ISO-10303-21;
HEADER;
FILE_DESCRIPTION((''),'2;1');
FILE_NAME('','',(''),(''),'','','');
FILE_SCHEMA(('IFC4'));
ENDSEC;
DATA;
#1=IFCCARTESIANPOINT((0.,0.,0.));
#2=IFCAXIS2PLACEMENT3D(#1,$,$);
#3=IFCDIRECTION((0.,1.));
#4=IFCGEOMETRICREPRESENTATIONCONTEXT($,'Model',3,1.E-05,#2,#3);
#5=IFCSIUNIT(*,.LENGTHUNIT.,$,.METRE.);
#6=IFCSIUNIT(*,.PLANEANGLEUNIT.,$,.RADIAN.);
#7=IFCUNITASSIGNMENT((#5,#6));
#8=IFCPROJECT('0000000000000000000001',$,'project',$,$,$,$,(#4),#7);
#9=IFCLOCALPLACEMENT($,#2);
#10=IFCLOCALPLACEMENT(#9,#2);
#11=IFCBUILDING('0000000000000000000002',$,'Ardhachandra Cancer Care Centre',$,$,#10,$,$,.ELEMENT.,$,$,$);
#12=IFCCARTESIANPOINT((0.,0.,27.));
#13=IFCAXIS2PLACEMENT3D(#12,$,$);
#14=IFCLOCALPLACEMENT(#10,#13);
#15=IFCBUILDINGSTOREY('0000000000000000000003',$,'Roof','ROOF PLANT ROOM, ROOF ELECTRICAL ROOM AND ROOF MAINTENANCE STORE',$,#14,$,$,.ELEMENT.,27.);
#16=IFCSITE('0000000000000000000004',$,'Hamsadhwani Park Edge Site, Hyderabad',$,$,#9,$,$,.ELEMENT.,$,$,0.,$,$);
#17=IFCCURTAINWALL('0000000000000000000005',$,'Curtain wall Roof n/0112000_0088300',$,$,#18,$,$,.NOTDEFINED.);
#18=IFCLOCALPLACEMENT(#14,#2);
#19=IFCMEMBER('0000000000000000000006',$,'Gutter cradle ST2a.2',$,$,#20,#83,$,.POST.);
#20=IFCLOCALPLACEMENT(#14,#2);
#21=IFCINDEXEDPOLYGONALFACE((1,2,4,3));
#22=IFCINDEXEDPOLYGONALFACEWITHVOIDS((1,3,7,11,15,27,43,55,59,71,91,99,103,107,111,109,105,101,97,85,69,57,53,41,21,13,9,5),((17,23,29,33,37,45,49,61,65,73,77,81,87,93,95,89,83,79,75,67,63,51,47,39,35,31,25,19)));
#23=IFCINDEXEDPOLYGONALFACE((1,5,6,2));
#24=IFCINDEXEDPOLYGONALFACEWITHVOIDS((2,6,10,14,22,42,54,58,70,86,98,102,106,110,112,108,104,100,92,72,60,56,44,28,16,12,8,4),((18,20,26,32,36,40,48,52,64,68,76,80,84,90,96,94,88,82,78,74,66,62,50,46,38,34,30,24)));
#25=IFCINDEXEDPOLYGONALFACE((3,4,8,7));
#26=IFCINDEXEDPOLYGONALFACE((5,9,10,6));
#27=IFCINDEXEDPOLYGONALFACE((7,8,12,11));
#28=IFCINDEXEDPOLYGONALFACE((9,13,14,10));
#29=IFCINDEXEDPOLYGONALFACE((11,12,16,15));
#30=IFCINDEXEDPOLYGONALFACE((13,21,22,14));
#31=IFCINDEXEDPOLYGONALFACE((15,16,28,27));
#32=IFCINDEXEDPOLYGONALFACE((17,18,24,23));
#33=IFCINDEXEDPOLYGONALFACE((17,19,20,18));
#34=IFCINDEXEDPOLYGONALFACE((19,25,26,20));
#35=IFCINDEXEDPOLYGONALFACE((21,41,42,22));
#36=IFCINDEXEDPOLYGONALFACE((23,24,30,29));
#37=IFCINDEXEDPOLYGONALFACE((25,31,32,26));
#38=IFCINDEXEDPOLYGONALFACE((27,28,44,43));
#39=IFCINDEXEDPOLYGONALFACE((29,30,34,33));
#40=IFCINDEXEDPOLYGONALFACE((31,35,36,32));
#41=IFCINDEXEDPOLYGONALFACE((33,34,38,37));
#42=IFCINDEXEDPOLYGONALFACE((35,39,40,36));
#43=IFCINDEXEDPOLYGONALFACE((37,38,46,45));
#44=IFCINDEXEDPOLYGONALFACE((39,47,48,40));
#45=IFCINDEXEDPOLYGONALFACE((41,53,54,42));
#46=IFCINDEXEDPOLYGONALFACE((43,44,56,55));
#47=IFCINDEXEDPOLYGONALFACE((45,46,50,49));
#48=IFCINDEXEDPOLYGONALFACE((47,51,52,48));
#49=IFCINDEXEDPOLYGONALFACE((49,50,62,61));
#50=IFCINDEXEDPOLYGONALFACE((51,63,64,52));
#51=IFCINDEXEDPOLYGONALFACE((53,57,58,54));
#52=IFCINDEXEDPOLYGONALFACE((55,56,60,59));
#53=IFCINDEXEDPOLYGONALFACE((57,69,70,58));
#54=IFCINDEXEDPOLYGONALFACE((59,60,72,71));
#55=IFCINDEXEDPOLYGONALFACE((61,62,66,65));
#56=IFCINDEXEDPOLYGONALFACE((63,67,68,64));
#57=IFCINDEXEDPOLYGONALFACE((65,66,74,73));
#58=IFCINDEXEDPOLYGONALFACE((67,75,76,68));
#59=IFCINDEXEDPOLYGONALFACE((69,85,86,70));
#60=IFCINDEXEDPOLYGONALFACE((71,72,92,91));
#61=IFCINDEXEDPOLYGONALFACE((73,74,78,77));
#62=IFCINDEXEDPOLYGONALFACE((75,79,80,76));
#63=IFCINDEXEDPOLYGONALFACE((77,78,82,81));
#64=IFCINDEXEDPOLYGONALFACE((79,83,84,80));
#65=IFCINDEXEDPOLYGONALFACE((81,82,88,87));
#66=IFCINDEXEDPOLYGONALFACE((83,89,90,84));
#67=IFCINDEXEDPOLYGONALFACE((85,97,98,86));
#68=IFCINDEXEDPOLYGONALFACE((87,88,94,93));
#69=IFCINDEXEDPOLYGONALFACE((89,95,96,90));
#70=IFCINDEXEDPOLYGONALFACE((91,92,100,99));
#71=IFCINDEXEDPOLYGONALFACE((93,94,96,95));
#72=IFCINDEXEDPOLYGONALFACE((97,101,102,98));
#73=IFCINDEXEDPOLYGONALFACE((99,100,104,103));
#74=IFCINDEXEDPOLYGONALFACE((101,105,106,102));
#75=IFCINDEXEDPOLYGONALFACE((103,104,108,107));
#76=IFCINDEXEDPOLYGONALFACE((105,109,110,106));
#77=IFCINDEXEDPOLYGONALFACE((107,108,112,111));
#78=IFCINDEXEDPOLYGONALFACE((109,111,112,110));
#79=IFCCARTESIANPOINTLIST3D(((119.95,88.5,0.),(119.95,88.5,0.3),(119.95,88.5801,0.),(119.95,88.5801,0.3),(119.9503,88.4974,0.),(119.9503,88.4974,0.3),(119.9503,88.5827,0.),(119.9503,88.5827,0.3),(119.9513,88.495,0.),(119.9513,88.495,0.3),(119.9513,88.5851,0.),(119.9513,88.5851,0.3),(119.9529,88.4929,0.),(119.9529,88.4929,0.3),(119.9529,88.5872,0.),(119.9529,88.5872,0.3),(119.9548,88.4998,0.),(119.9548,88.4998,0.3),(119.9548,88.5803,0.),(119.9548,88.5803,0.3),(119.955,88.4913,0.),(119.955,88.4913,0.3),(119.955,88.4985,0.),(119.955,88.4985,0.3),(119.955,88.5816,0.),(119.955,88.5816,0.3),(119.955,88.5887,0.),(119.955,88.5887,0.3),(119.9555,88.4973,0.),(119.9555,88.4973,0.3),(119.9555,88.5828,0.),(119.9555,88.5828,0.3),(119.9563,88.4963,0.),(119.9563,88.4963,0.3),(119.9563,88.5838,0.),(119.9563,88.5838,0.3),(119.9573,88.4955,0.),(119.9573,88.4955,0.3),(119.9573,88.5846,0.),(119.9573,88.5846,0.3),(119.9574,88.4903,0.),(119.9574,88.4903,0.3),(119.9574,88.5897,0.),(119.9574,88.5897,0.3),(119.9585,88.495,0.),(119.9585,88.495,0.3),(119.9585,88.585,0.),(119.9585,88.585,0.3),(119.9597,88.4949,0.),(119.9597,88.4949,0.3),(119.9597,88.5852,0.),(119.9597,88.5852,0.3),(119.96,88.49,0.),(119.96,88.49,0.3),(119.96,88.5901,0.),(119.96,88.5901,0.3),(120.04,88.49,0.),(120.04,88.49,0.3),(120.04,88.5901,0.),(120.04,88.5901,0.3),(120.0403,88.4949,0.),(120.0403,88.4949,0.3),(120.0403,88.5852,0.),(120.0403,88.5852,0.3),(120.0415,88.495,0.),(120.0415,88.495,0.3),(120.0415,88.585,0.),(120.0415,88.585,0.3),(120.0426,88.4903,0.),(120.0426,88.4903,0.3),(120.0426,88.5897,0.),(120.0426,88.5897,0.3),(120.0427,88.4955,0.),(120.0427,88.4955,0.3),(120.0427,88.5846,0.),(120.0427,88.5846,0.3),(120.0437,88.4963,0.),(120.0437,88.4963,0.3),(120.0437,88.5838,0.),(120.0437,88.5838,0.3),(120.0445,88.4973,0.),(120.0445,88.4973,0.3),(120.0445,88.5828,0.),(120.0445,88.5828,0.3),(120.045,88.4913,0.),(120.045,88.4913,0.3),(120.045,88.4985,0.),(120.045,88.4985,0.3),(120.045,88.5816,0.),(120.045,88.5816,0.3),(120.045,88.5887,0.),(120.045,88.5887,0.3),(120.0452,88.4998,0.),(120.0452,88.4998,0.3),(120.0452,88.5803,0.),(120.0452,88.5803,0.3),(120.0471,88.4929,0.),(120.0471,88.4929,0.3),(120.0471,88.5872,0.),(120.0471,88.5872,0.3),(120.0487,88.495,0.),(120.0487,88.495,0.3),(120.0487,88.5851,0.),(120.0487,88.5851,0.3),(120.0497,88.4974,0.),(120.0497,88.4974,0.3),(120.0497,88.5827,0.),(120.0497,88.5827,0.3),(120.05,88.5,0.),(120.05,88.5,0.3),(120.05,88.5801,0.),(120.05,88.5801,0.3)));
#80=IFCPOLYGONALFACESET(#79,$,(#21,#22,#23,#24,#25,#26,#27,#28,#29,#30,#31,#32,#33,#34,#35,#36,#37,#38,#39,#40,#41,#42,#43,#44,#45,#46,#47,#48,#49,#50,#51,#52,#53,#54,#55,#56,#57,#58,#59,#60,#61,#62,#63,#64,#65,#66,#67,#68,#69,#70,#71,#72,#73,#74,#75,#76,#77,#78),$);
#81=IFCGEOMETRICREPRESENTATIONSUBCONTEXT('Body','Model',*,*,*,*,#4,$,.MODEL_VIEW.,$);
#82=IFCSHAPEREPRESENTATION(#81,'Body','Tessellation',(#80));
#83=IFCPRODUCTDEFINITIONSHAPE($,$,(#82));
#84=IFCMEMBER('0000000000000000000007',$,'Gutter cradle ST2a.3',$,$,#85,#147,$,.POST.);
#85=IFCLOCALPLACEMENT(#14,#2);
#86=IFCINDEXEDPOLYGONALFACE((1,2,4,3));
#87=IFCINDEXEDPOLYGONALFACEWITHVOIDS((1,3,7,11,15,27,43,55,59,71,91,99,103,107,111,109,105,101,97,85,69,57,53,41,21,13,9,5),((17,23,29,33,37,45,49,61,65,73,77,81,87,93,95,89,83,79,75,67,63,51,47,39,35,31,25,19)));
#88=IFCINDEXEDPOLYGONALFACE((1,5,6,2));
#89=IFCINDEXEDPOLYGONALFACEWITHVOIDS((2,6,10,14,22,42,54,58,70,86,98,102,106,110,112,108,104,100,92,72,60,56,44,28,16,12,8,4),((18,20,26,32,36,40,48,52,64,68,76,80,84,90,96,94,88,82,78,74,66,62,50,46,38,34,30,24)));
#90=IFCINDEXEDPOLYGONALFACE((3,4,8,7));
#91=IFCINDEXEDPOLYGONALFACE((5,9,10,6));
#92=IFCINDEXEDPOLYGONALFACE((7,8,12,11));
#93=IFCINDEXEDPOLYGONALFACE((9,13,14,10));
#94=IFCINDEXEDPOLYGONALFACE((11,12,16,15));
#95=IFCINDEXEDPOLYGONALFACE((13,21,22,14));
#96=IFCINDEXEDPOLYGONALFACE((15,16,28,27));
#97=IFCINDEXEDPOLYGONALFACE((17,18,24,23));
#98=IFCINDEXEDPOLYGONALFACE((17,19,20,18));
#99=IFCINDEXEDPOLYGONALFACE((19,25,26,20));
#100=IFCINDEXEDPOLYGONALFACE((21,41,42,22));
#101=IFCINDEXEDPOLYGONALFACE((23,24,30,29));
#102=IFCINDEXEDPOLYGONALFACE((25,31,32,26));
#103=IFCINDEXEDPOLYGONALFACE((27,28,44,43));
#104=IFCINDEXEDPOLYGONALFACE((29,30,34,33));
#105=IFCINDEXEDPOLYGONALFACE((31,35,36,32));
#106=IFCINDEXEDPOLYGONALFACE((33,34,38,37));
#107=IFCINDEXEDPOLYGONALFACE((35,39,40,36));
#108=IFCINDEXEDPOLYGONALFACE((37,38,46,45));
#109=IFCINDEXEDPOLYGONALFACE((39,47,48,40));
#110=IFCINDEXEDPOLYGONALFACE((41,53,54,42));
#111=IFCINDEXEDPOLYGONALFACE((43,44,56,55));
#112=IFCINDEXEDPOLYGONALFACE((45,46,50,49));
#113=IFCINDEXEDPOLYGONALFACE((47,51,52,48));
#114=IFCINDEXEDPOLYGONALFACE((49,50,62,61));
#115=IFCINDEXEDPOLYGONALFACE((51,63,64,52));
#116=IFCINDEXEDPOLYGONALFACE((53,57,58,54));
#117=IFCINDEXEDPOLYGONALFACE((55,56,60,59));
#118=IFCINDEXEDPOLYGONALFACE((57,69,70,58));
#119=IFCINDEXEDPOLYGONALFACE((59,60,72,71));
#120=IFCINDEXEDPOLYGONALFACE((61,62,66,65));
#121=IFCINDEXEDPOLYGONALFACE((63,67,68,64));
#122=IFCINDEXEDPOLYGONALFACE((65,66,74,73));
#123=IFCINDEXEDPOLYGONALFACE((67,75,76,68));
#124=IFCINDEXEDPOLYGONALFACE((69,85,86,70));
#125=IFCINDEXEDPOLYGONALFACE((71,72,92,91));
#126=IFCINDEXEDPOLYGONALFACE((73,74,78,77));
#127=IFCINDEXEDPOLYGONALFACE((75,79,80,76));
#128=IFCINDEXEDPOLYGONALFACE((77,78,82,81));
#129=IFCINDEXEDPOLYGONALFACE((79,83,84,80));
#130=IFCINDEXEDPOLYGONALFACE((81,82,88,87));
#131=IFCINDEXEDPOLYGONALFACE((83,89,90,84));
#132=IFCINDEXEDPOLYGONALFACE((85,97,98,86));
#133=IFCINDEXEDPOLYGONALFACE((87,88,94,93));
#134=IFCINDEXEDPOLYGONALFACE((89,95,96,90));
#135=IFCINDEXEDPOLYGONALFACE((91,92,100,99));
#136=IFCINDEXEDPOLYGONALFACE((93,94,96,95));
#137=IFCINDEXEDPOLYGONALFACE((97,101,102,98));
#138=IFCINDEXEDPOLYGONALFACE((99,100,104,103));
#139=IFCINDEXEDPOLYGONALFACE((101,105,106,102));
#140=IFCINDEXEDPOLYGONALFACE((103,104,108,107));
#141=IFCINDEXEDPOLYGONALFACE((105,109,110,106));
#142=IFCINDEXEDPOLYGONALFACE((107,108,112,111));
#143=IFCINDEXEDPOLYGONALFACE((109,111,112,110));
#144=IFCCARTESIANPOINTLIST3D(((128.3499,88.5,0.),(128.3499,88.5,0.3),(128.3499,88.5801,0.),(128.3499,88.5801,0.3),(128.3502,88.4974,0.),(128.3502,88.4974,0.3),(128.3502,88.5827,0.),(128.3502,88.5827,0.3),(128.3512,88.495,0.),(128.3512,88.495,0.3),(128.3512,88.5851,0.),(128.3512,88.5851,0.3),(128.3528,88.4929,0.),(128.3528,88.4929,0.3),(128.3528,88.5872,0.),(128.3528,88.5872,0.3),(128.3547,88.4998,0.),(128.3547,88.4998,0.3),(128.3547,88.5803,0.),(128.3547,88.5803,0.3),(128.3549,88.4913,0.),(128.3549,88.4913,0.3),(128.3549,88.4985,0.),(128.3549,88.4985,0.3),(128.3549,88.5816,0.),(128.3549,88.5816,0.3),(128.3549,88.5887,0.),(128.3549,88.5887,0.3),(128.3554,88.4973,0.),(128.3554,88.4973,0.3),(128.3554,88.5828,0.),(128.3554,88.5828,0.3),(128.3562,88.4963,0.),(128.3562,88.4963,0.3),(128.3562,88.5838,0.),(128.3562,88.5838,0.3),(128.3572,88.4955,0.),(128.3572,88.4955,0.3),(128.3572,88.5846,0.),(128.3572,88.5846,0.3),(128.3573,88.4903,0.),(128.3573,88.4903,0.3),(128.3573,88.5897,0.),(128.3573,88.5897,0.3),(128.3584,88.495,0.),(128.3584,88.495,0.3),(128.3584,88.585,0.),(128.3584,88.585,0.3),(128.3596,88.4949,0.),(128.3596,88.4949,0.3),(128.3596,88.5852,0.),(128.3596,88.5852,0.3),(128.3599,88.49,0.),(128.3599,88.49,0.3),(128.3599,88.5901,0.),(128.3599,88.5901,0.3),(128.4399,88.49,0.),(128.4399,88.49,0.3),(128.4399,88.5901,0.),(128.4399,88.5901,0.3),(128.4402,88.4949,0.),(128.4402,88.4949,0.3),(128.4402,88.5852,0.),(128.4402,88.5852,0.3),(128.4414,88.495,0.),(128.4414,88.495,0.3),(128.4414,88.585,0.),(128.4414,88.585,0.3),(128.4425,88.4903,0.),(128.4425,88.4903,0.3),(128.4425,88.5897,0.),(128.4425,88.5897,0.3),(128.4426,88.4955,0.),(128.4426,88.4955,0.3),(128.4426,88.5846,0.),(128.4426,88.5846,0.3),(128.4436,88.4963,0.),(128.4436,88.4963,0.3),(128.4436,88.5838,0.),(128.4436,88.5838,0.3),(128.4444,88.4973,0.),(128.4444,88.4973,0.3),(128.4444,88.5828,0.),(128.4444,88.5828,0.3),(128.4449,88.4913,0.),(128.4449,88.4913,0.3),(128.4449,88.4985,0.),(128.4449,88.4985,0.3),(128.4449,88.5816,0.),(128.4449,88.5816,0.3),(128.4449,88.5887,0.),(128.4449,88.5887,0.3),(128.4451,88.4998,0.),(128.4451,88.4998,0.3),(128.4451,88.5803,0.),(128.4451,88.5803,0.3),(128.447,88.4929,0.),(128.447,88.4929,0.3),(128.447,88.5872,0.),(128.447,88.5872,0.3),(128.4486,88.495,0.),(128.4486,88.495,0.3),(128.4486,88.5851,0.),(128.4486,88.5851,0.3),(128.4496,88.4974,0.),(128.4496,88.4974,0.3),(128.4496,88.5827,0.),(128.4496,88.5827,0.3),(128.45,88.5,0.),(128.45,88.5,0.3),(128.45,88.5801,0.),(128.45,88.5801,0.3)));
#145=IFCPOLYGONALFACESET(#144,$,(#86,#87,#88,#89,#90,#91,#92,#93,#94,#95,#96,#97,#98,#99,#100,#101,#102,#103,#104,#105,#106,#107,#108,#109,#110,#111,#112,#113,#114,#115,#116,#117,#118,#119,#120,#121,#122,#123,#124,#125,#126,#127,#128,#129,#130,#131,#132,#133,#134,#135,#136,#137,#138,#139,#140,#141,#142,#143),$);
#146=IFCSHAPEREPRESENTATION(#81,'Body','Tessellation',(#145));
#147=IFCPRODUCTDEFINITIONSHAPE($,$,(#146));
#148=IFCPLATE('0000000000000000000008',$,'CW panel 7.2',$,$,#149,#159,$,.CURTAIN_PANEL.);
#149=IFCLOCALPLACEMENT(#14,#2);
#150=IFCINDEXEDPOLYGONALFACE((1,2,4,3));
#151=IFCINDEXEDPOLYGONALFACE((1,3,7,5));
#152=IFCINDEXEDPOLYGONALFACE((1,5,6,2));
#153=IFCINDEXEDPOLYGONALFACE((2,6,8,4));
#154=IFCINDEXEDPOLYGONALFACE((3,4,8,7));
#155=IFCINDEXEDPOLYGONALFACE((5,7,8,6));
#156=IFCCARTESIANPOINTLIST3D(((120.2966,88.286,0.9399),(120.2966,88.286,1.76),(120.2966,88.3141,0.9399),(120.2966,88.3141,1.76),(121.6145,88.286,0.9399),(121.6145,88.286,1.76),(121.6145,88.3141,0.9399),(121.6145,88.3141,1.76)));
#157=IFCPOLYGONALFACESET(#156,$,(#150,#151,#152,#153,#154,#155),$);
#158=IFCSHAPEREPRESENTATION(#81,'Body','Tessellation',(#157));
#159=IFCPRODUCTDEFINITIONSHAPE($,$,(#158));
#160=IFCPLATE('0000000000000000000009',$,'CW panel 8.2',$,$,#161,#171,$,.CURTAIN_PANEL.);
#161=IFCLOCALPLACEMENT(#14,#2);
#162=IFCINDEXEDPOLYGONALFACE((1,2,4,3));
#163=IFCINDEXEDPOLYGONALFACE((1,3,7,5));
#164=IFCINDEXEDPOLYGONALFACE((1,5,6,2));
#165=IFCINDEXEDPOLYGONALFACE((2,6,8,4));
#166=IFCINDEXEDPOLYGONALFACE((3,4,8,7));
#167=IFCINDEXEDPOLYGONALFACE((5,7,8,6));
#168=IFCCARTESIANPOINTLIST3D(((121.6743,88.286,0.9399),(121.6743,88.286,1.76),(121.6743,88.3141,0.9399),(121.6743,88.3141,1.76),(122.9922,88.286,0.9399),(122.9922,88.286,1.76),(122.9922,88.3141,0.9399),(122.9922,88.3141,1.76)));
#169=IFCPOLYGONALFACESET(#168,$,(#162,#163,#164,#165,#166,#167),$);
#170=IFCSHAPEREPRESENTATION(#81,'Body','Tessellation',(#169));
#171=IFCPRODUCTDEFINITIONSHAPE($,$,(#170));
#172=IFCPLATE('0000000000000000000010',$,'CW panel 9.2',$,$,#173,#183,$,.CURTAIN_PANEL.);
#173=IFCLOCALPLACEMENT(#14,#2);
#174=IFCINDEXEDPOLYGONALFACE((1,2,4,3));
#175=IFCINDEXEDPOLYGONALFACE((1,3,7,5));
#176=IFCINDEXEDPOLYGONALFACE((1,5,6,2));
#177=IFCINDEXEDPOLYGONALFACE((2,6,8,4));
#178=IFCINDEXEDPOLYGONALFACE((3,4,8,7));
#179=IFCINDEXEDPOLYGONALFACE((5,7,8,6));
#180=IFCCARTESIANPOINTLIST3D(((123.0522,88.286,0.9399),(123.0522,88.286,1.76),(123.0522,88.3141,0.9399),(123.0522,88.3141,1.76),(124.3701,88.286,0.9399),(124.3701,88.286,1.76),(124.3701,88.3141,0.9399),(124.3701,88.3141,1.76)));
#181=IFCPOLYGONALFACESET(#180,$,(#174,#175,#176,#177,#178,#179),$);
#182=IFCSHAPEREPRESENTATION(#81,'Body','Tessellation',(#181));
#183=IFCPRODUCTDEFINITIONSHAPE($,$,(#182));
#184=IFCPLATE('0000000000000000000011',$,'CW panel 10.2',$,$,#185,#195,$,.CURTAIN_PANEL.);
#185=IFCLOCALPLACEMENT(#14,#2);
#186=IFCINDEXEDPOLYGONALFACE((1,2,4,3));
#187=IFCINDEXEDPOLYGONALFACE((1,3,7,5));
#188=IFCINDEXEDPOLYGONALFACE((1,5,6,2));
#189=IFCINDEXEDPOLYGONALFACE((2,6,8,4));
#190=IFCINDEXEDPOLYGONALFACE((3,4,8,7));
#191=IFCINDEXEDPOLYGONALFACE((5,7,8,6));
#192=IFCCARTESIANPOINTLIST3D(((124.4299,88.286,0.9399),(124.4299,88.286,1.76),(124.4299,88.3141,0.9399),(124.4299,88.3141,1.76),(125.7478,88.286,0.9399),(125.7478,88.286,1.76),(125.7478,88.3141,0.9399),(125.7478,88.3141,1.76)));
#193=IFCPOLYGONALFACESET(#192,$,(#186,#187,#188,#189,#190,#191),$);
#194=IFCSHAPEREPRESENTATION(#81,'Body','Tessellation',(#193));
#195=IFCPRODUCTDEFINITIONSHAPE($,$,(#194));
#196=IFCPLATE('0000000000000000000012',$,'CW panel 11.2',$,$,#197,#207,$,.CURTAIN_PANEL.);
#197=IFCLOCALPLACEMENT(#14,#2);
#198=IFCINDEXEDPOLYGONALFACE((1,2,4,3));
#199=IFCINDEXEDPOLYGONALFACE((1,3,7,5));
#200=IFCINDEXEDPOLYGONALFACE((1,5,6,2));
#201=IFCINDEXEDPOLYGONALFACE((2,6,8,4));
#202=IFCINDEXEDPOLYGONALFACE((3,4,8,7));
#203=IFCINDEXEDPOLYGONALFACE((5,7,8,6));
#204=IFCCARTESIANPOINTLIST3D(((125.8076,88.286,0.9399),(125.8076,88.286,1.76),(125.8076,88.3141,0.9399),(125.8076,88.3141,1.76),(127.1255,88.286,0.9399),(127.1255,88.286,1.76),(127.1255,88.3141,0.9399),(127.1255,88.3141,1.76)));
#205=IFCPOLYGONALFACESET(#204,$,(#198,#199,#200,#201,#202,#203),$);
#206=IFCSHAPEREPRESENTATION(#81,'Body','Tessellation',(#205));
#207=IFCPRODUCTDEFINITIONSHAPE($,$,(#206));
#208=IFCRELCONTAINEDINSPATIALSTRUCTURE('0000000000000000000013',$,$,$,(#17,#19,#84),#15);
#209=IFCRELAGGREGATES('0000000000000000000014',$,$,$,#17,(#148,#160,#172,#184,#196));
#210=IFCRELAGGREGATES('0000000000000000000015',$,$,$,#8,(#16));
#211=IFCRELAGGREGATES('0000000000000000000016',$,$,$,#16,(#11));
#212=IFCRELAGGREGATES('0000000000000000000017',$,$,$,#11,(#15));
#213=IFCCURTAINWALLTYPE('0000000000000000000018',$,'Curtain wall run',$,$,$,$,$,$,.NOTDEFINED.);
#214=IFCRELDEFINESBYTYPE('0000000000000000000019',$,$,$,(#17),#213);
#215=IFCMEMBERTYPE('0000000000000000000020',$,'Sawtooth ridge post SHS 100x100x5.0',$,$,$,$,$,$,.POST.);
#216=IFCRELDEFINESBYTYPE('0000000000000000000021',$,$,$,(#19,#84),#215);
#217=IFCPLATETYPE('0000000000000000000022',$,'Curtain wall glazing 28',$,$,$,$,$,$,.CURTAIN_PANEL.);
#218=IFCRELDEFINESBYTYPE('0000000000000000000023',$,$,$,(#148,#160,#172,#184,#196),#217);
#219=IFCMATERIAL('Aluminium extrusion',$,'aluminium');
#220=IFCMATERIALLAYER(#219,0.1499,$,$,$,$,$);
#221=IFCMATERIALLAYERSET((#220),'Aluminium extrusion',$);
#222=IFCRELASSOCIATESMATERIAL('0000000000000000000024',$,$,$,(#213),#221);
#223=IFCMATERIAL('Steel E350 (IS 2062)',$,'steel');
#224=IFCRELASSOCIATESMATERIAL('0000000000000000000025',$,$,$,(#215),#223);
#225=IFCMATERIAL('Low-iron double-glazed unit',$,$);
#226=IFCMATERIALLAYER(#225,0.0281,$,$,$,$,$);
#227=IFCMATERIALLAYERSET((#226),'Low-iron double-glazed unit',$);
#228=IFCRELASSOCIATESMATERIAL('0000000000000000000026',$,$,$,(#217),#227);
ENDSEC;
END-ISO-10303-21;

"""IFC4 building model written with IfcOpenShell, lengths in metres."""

from ifc_helpers import new_model, si_unit, direction, frame, origin, origin_2d, place, context, subcontext, project, spatial, rectangle, hollow_rectangle, extrude, material, layer, layer_set, material_profile, profile_set, type_object, element, aggregate, save


model = new_model("IFC4")

# Units and contexts
model_context = context("Model", 3, precision=1e-05, world=origin(), true_north=direction((0.0, 1.0)))
body_context = subcontext(model_context, "Body", "Model", "MODEL_VIEW")
ifc_project = project(units=[si_unit("LENGTHUNIT", "METRE"), si_unit("PLANEANGLEUNIT", "RADIAN")], contexts=[model_context])

# Site, building, storey
site_placement = place(None, origin())
site = spatial("IfcSite", under=ifc_project, at=site_placement, Name="Hamsadhwani Park Edge Site, Hyderabad", CompositionType="ELEMENT", RefElevation=0.0)
building_placement = place(site_placement, origin())
building = spatial("IfcBuilding", under=site, at=building_placement, Name="Ardhachandra Cancer Care Centre", CompositionType="ELEMENT")
storey_placement = place(building_placement, frame((0.0, 0.0, 27.0)))
storey = spatial("IfcBuildingStorey", under=building, at=storey_placement, Name="Roof", Description="ROOF PLANT ROOM, ROOF ELECTRICAL ROOM AND ROOF MAINTENANCE STORE", CompositionType="ELEMENT", Elevation=27.0)

# Curtain wall
ifc_material_1 = material(Name="Aluminium extrusion", Category="aluminium")
ifc_layer_1 = layer(ifc_material_1, 0.1499)
ifc_layer_set_1 = layer_set([ifc_layer_1], Name="Aluminium extrusion")
curtain_wall_type = type_object("IfcCurtainWallType", Name="Curtain wall run", PredefinedType="NOTDEFINED", material=ifc_layer_set_1)
curtain_wall_placement = place(storey_placement, origin())
curtain_wall = element("IfcCurtainWall", 1, at=curtain_wall_placement, inside=storey, type_object=curtain_wall_type, Name="Curtain wall Roof n/0112000_0088300", PredefinedType="NOTDEFINED")

# Members
ifc_material_2 = material(Name="Steel E350 (IS 2062)", Category="steel")
ifc_material_profile_1 = material_profile(ifc_material_2, hollow_rectangle(XDim=0.1001, YDim=0.1001, WallThickness=0.0049, InnerFilletRadius=0.0049, OuterFilletRadius=0.01, at=origin_2d()), Name="SHS 100x100x5.0")
ifc_profile_set_1 = profile_set([ifc_material_profile_1], Name="Steel E350 (IS 2062)")
member_type_1 = type_object("IfcMemberType", Name="Sawtooth ridge post SHS 100x100x5.0", PredefinedType="POST", material=ifc_profile_set_1)
for number, where, z_axis, x_axis, name in (
    (2, (120.0, 88.54, 0.0), (0.0, 0.0, 1.0), (1.0, 0.0, 0.0), "Gutter cradle ST2a.2"),
    (3, (128.3999, 88.54, 0.0), (0.0, 0.0, 1.0), (1.0, 0.0, 0.0), "Gutter cradle ST2a.3"),
):
    element("IfcMember", number, at=place(storey_placement, frame(where, z_axis=z_axis, x_axis=x_axis)), inside=storey, type_object=member_type_1, Name=name, PredefinedType="POST", context=body_context, shape_type="SweptSolid", body=[
        extrude(hollow_rectangle(XDim=0.1001, YDim=0.1001, WallThickness=0.0049, InnerFilletRadius=0.0049, OuterFilletRadius=0.01, at=origin_2d()), origin(), (0.0, 0.0, 1.0), 0.3),
    ])

# Plates
ifc_material_3 = material(Name="Low-iron double-glazed unit")
ifc_layer_2 = layer(ifc_material_3, 0.0281)
ifc_layer_set_2 = layer_set([ifc_layer_2], Name="Low-iron double-glazed unit")
plate_type_1 = type_object("IfcPlateType", Name="Curtain wall glazing 28", PredefinedType="CURTAIN_PANEL", material=ifc_layer_set_2)
plate_1_placement = place(storey_placement, frame((120.9556, 88.3, 0.9399), z_axis=(0.0, 0.0, 1.0), x_axis=(1.0, 0.0, 0.0)))
plate_1 = element("IfcPlate", 4, at=plate_1_placement, type_object=plate_type_1, Name="CW panel 7.2", PredefinedType="CURTAIN_PANEL", context=body_context, shape_type="SweptSolid", body=[
    extrude(rectangle(XDim=1.3179, YDim=0.0281, at=origin_2d()), origin(), (0.0, 0.0, 1.0), 0.8201),
])
plate_2_placement = place(storey_placement, frame((122.3333, 88.3, 0.9399), z_axis=(0.0, 0.0, 1.0), x_axis=(1.0, 0.0, 0.0)))
plate_2 = element("IfcPlate", 5, at=plate_2_placement, type_object=plate_type_1, Name="CW panel 8.2", PredefinedType="CURTAIN_PANEL", context=body_context, shape_type="SweptSolid", body=[
    extrude(rectangle(XDim=1.3179, YDim=0.0281, at=origin_2d()), origin(), (0.0, 0.0, 1.0), 0.8201),
])
plate_3_placement = place(storey_placement, frame((123.7112, 88.3, 0.9399), z_axis=(0.0, 0.0, 1.0), x_axis=(1.0, 0.0, 0.0)))
plate_3 = element("IfcPlate", 6, at=plate_3_placement, type_object=plate_type_1, Name="CW panel 9.2", PredefinedType="CURTAIN_PANEL", context=body_context, shape_type="SweptSolid", body=[
    extrude(rectangle(XDim=1.3179, YDim=0.0281, at=origin_2d()), origin(), (0.0, 0.0, 1.0), 0.8201),
])
plate_4_placement = place(storey_placement, frame((125.0889, 88.3, 0.9399), z_axis=(0.0, 0.0, 1.0), x_axis=(1.0, 0.0, 0.0)))
plate_4 = element("IfcPlate", 7, at=plate_4_placement, type_object=plate_type_1, Name="CW panel 10.2", PredefinedType="CURTAIN_PANEL", context=body_context, shape_type="SweptSolid", body=[
    extrude(rectangle(XDim=1.3179, YDim=0.0281, at=origin_2d()), origin(), (0.0, 0.0, 1.0), 0.8201),
])
plate_5_placement = place(storey_placement, frame((126.4666, 88.3, 0.9399), z_axis=(0.0, 0.0, 1.0), x_axis=(1.0, 0.0, 0.0)))
plate_5 = element("IfcPlate", 8, at=plate_5_placement, type_object=plate_type_1, Name="CW panel 11.2", PredefinedType="CURTAIN_PANEL", context=body_context, shape_type="SweptSolid", body=[
    extrude(rectangle(XDim=1.3179, YDim=0.0281, at=origin_2d()), origin(), (0.0, 0.0, 1.0), 0.8201),
])
aggregate(curtain_wall, [plate_1, plate_2, plate_3, plate_4, plate_5])

save(model, "model.ifc")
